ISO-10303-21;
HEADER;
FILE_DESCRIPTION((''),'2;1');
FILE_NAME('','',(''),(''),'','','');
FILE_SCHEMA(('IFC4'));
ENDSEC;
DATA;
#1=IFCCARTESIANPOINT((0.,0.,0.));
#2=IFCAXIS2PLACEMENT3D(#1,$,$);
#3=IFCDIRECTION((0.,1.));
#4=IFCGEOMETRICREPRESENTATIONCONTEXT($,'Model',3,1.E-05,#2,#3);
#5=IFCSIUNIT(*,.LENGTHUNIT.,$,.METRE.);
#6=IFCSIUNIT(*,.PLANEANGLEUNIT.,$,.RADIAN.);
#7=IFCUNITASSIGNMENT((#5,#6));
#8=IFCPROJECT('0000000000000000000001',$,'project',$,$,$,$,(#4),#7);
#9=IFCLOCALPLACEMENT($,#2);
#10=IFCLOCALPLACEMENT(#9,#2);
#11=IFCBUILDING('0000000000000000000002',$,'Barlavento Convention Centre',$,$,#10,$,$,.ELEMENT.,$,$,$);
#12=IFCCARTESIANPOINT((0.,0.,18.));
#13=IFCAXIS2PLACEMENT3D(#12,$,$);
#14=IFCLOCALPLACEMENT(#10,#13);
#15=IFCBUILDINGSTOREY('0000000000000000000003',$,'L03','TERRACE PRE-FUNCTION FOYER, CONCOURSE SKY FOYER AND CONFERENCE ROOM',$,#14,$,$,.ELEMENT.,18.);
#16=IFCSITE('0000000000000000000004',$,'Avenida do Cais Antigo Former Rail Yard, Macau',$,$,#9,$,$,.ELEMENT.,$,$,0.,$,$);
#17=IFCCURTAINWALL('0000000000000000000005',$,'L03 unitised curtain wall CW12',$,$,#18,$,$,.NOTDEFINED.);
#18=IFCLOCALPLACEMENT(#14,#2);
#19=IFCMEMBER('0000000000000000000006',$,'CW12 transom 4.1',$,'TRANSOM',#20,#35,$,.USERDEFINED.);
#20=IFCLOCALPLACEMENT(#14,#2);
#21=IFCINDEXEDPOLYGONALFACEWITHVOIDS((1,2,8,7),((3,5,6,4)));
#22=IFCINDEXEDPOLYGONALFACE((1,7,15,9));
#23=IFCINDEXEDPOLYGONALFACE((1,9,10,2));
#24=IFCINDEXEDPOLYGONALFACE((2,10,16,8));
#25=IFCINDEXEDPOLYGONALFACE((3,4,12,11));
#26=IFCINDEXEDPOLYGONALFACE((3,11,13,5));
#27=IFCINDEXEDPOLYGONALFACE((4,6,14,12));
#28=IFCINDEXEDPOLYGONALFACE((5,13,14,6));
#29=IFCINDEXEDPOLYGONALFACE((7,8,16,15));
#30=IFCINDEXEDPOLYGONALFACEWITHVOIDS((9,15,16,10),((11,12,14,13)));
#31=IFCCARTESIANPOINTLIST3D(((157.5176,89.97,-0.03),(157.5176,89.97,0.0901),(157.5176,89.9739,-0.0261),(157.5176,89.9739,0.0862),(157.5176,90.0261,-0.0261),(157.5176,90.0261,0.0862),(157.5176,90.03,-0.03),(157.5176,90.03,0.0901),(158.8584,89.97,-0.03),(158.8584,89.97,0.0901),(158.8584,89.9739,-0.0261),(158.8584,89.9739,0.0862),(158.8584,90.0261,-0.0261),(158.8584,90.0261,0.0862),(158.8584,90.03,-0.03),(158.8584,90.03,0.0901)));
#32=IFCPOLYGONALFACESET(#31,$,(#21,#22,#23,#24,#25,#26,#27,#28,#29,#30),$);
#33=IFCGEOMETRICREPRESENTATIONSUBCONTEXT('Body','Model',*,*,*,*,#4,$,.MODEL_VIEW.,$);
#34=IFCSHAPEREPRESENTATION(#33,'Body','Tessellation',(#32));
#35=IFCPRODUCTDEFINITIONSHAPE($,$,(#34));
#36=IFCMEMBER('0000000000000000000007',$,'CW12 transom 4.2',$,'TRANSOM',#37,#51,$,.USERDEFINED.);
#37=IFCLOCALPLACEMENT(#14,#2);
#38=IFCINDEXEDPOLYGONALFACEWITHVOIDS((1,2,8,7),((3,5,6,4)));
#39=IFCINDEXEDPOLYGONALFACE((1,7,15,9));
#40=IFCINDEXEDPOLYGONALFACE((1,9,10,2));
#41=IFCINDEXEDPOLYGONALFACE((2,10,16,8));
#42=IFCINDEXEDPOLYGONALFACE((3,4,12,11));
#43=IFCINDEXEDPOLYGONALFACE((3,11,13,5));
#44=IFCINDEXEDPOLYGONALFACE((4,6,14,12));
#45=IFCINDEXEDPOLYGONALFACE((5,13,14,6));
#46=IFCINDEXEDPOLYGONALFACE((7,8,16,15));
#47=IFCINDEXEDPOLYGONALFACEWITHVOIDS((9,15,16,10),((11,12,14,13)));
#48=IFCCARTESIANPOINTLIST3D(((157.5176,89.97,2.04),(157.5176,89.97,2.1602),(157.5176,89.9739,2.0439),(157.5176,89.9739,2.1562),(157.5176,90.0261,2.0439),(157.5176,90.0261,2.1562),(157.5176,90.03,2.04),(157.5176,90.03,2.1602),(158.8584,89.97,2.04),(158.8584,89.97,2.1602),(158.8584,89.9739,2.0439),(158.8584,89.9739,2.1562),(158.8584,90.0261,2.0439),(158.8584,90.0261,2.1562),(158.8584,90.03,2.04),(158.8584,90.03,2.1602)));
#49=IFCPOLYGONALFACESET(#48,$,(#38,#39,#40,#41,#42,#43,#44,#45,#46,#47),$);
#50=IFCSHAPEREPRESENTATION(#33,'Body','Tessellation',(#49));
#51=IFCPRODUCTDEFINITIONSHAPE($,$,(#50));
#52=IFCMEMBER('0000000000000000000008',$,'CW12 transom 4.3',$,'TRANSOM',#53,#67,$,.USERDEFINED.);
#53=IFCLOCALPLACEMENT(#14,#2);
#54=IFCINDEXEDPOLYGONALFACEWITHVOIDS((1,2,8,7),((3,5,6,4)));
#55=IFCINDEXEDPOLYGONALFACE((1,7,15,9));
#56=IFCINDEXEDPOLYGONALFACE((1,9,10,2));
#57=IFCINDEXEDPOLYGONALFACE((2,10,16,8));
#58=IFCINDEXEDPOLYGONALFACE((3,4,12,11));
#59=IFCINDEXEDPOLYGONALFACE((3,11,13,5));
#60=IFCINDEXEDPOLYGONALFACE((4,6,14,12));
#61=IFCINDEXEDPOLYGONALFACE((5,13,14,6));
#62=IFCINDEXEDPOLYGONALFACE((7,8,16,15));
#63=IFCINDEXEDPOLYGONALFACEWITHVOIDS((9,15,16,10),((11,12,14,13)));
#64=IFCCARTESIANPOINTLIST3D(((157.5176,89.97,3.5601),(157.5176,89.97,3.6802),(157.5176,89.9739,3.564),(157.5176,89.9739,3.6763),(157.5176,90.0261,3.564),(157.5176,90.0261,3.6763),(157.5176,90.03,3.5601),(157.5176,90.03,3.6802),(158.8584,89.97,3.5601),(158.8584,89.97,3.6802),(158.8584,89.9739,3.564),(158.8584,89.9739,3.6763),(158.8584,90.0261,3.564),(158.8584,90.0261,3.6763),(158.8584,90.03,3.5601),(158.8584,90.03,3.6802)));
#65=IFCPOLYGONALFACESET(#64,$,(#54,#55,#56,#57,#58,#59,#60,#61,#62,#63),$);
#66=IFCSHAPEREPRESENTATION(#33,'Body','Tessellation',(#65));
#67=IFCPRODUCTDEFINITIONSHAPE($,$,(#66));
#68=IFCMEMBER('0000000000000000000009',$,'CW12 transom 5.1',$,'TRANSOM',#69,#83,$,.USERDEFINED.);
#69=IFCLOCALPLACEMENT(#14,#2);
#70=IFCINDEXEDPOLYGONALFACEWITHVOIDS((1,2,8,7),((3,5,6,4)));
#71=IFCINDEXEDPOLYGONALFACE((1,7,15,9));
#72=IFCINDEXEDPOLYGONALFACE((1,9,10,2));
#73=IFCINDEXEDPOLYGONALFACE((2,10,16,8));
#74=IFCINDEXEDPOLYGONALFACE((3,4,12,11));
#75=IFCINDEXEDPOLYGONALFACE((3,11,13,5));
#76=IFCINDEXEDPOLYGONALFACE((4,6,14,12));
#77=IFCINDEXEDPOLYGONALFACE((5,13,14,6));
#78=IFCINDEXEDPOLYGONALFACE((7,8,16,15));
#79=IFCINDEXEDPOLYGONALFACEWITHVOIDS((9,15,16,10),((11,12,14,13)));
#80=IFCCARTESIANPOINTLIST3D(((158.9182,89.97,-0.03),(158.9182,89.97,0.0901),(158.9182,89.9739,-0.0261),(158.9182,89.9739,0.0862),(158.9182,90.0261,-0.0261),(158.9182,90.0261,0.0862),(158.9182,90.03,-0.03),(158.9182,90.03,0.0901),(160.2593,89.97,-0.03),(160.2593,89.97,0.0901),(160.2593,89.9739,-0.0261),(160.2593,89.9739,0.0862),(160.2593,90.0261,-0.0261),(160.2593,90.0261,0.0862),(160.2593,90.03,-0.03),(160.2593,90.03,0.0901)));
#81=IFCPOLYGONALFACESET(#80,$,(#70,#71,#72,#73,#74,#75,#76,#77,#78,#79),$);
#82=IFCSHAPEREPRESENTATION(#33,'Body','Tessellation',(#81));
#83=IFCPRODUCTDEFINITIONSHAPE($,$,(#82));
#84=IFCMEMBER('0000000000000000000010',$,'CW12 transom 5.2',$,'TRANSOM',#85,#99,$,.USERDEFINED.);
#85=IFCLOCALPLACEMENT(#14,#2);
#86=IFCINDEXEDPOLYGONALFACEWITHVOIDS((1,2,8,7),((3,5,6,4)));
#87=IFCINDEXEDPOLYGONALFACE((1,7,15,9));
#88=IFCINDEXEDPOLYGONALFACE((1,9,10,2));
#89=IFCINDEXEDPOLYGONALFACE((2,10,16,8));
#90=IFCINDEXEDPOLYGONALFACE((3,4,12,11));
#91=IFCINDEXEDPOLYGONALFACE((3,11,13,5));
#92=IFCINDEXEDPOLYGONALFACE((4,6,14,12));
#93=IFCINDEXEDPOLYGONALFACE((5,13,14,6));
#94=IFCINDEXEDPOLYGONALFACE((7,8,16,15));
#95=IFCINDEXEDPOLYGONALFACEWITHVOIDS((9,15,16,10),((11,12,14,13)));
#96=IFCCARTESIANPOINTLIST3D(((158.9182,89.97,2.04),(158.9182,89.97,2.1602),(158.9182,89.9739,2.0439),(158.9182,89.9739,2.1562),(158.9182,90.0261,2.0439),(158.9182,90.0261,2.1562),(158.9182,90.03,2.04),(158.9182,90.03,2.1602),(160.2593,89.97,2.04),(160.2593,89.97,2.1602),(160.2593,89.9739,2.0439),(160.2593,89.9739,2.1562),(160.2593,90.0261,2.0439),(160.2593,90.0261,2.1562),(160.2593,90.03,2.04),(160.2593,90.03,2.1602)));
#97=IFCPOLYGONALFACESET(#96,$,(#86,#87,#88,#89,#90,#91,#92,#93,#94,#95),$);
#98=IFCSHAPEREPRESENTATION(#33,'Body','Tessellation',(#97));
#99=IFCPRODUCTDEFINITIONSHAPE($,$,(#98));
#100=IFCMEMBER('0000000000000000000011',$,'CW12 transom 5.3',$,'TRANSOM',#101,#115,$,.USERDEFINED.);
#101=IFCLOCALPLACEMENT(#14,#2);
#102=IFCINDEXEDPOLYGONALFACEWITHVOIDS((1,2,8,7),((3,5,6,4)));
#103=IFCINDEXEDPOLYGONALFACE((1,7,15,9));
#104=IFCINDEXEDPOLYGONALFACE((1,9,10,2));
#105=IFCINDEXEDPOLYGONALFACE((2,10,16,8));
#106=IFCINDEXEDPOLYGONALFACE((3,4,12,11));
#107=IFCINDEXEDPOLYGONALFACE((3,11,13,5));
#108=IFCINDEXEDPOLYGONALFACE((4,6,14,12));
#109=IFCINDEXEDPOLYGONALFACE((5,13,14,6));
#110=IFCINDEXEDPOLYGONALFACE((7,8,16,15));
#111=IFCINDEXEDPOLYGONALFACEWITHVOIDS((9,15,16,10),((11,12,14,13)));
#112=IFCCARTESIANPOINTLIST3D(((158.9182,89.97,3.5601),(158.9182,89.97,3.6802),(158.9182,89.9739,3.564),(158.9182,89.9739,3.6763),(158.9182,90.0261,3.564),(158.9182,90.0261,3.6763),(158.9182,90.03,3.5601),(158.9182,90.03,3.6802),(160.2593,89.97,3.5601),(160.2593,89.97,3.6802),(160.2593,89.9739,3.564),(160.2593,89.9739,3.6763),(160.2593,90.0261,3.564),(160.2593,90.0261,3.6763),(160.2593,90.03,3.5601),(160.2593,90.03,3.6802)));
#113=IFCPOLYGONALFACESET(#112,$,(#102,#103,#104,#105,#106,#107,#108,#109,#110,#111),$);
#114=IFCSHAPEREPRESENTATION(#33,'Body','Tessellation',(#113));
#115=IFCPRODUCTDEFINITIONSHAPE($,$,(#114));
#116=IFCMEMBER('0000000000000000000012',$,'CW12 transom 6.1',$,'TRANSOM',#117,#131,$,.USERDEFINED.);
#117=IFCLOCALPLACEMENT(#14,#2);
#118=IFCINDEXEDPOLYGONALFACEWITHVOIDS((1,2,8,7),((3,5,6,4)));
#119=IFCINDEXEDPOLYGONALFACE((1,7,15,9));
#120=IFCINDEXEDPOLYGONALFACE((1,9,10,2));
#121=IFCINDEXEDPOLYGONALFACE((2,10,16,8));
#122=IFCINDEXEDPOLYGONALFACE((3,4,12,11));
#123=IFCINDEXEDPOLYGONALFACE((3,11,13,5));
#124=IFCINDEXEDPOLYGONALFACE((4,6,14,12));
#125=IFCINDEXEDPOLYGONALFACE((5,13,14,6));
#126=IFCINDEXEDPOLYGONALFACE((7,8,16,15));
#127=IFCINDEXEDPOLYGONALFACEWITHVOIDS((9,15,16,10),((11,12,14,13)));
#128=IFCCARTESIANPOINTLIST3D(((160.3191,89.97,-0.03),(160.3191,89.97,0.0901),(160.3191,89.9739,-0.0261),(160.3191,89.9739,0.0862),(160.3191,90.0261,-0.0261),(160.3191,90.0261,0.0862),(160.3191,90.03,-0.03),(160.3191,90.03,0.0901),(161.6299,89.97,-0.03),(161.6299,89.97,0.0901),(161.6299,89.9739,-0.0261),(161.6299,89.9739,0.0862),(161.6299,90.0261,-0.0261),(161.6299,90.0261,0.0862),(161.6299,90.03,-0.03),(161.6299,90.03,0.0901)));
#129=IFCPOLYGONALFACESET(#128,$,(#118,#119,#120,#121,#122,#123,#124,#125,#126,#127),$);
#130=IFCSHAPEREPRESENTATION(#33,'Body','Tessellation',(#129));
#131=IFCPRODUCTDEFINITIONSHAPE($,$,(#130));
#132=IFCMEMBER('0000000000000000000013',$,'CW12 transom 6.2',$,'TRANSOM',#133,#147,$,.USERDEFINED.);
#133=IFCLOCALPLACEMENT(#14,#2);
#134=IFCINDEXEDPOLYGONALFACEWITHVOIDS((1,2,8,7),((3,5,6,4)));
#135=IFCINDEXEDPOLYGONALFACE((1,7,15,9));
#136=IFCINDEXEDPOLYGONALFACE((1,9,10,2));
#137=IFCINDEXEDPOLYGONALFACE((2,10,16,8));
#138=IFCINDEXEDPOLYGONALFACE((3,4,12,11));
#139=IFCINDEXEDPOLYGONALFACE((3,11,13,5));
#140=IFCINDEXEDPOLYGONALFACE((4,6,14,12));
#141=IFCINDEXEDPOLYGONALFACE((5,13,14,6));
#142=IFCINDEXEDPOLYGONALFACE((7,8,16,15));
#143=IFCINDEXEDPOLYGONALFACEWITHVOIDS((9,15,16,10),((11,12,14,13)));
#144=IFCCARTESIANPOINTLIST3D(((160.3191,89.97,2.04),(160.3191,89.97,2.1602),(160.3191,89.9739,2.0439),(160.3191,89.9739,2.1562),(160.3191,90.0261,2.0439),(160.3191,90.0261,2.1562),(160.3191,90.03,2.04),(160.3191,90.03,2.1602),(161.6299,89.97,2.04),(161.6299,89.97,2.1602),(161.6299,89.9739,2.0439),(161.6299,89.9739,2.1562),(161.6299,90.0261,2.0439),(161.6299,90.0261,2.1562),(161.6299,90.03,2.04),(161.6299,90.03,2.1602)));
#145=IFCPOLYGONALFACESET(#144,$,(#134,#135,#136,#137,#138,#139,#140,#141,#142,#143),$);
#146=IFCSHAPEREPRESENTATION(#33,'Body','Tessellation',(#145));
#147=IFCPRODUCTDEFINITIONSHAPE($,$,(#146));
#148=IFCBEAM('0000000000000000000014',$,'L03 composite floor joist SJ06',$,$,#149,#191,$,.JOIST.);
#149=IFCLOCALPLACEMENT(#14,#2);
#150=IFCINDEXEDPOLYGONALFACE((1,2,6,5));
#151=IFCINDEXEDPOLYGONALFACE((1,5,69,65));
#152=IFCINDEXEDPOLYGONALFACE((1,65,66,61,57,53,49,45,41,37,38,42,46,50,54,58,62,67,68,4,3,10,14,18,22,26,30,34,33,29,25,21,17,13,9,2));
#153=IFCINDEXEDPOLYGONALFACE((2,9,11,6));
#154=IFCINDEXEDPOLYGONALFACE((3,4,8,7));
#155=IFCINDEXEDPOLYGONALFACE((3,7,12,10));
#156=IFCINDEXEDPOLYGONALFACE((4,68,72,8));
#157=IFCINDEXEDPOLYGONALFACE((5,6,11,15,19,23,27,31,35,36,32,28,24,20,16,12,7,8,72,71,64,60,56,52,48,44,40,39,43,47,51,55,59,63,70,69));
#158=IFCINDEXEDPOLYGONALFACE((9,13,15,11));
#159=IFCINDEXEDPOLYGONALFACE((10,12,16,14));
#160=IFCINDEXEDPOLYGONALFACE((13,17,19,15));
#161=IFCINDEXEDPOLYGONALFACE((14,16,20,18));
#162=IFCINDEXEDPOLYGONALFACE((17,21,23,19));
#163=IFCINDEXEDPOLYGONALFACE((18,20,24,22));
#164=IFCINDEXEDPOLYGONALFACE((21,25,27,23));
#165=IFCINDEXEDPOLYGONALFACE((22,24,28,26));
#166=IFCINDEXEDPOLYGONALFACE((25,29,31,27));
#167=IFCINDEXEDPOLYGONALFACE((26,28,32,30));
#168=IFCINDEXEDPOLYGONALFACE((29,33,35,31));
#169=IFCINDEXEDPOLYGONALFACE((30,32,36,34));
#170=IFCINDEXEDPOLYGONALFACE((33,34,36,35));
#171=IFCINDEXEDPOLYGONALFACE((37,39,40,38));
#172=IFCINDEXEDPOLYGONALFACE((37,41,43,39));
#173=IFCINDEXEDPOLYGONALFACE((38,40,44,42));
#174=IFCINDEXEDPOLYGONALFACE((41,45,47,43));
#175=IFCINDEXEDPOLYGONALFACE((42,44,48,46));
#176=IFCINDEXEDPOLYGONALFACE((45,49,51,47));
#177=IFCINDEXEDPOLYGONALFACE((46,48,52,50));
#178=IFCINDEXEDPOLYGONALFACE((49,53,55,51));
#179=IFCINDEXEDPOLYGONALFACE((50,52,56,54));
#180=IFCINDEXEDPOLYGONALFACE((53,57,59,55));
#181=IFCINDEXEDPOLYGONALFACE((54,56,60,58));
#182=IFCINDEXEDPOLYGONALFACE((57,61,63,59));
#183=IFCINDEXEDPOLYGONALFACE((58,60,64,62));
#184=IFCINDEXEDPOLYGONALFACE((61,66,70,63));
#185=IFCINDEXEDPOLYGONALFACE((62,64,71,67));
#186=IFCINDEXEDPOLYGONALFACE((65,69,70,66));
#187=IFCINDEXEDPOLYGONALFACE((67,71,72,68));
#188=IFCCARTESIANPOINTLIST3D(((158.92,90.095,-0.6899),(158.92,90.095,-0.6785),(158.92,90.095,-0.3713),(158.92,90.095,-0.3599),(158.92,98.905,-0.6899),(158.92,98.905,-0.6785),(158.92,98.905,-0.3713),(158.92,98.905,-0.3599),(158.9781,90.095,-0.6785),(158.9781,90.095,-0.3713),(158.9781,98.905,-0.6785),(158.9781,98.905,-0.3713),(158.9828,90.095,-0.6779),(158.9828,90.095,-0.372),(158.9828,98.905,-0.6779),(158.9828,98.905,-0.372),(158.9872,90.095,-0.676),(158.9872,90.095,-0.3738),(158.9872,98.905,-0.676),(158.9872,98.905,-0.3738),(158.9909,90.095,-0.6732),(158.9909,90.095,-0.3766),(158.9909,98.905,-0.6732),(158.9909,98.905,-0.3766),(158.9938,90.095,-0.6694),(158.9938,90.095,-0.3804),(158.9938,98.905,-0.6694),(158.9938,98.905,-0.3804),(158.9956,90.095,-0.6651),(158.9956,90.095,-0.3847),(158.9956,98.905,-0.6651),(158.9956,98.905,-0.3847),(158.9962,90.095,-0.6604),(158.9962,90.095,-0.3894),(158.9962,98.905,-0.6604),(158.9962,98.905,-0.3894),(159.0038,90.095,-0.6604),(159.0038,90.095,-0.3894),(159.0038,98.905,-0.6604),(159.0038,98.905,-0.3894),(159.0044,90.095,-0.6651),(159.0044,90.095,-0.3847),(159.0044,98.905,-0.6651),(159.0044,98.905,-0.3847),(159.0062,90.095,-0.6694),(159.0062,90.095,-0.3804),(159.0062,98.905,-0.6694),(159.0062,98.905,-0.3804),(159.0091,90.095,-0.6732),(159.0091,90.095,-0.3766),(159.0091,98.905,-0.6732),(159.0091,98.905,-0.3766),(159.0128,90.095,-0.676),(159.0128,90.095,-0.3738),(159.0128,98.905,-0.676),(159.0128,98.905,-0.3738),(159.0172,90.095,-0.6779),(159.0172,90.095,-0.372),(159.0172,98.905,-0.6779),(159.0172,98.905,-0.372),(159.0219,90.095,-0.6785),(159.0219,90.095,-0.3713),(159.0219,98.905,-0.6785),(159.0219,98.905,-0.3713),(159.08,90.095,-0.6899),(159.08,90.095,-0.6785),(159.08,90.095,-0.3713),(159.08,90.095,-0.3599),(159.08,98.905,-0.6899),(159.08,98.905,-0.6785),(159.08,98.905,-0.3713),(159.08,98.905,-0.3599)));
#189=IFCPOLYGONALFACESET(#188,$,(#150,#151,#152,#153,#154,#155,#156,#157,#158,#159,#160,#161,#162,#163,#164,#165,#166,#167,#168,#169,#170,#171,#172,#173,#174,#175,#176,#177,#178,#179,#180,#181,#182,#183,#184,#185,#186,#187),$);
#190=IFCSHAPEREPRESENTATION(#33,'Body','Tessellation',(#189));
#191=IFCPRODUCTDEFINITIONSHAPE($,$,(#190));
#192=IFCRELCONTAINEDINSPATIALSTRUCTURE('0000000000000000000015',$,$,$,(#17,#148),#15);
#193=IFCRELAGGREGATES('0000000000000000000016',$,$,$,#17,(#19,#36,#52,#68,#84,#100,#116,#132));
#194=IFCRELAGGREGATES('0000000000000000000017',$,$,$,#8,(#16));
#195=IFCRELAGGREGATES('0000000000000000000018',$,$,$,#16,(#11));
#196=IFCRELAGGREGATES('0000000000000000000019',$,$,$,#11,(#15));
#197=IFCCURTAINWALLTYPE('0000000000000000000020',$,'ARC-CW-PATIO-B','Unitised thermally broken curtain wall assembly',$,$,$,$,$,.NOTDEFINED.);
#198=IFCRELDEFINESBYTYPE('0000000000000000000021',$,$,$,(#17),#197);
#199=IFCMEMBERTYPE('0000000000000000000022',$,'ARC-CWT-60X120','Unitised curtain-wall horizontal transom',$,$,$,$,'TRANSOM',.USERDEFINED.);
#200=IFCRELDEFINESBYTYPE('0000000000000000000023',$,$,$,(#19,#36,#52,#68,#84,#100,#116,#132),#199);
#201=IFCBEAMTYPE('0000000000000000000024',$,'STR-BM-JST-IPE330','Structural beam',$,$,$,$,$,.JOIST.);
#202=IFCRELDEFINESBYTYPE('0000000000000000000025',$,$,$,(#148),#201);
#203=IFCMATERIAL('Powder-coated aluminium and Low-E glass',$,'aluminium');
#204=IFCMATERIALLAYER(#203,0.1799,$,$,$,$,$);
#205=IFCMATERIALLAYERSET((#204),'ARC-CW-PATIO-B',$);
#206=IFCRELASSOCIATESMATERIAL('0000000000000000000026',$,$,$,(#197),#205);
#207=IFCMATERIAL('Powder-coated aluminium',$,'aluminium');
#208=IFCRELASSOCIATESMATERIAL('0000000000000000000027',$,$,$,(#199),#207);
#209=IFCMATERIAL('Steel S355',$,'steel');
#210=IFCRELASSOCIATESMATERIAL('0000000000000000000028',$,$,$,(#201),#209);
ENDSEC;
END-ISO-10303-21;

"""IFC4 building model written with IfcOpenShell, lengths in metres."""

from ifc_helpers import new_model, si_unit, direction, frame, origin, origin_2d, place, context, subcontext, project, spatial, hollow_rectangle, i_section, extrude, material, layer, layer_set, material_profile, profile_set, type_object, element, aggregate, save


model = new_model("IFC4")

# Units and contexts
model_context = context("Model", 3, precision=1e-05, world=origin(), true_north=direction((0.0, 1.0)))
body_context = subcontext(model_context, "Body", "Model", "MODEL_VIEW")
ifc_project = project(units=[si_unit("LENGTHUNIT", "METRE"), si_unit("PLANEANGLEUNIT", "RADIAN")], contexts=[model_context])

# Site, building, storey
site_placement = place(None, origin())
site = spatial("IfcSite", under=ifc_project, at=site_placement, Name="Avenida do Cais Antigo Former Rail Yard, Macau", CompositionType="ELEMENT", RefElevation=0.0)
building_placement = place(site_placement, origin())
building = spatial("IfcBuilding", under=site, at=building_placement, Name="Barlavento Convention Centre", CompositionType="ELEMENT")
storey_placement = place(building_placement, frame((0.0, 0.0, 18.0)))
storey = spatial("IfcBuildingStorey", under=building, at=storey_placement, Name="L03", Description="TERRACE PRE-FUNCTION FOYER, CONCOURSE SKY FOYER AND CONFERENCE ROOM", CompositionType="ELEMENT", Elevation=18.0)

# Curtain wall, members
ifc_material_1 = material(Name="Powder-coated aluminium and Low-E glass", Category="aluminium")
ifc_layer_1 = layer(ifc_material_1, 0.1799)
ifc_layer_set_1 = layer_set([ifc_layer_1], Name="ARC-CW-PATIO-B")
curtain_wall_type = type_object("IfcCurtainWallType", Name="ARC-CW-PATIO-B", Description="Unitised thermally broken curtain wall assembly", PredefinedType="NOTDEFINED", material=ifc_layer_set_1)
curtain_wall_placement = place(storey_placement, origin())
curtain_wall = element("IfcCurtainWall", 1, at=curtain_wall_placement, inside=storey, type_object=curtain_wall_type, Name="L03 unitised curtain wall CW12", PredefinedType="NOTDEFINED")
ifc_material_2 = material(Name="Powder-coated aluminium", Category="aluminium")
ifc_material_profile_1 = material_profile(ifc_material_2, hollow_rectangle(XDim=0.0601, YDim=0.1201, WallThickness=0.0039, at=origin_2d()), Name="AL-TRAN 60x120x4")
ifc_profile_set_1 = profile_set([ifc_material_profile_1], Name="Powder-coated aluminium")
member_type_1 = type_object("IfcMemberType", Name="ARC-CWT-60X120", Description="Unitised curtain-wall horizontal transom", ElementType="TRANSOM", PredefinedType="USERDEFINED", material=ifc_profile_set_1)
member_1_placement = place(storey_placement, frame((157.5176, 90.0, 0.03), z_axis=(1.0, 0.0, 0.0), x_axis=(0.0, 1.0, 0.0)))
member_1 = element("IfcMember", 2, at=member_1_placement, type_object=member_type_1, Name="CW12 transom 4.1", ObjectType="TRANSOM", PredefinedType="USERDEFINED", context=body_context, shape_type="SweptSolid", body=[
    extrude(hollow_rectangle(XDim=0.0601, YDim=0.1201, WallThickness=0.0039, at=origin_2d()), origin(), (0.0, 0.0, 1.0), 1.3408),
])
member_2_placement = place(storey_placement, frame((157.5176, 90.0, 2.1001), z_axis=(1.0, 0.0, 0.0), x_axis=(0.0, 1.0, 0.0)))
member_2 = element("IfcMember", 3, at=member_2_placement, type_object=member_type_1, Name="CW12 transom 4.2", ObjectType="TRANSOM", PredefinedType="USERDEFINED", context=body_context, shape_type="SweptSolid", body=[
    extrude(hollow_rectangle(XDim=0.0601, YDim=0.1201, WallThickness=0.0039, at=origin_2d()), origin(), (0.0, 0.0, 1.0), 1.3408),
])
member_3_placement = place(storey_placement, frame((157.5176, 90.0, 3.6201), z_axis=(1.0, 0.0, 0.0), x_axis=(0.0, 1.0, 0.0)))
member_3 = element("IfcMember", 4, at=member_3_placement, type_object=member_type_1, Name="CW12 transom 4.3", ObjectType="TRANSOM", PredefinedType="USERDEFINED", context=body_context, shape_type="SweptSolid", body=[
    extrude(hollow_rectangle(XDim=0.0601, YDim=0.1201, WallThickness=0.0039, at=origin_2d()), origin(), (0.0, 0.0, 1.0), 1.3408),
])
member_4_placement = place(storey_placement, frame((158.9182, 90.0, 0.03), z_axis=(1.0, 0.0, 0.0), x_axis=(0.0, 1.0, 0.0)))
member_4 = element("IfcMember", 5, at=member_4_placement, type_object=member_type_1, Name="CW12 transom 5.1", ObjectType="TRANSOM", PredefinedType="USERDEFINED", context=body_context, shape_type="SweptSolid", body=[
    extrude(hollow_rectangle(XDim=0.0601, YDim=0.1201, WallThickness=0.0039, at=origin_2d()), origin(), (0.0, 0.0, 1.0), 1.3411),
])
member_5_placement = place(storey_placement, frame((158.9182, 90.0, 2.1001), z_axis=(1.0, 0.0, 0.0), x_axis=(0.0, 1.0, 0.0)))
member_5 = element("IfcMember", 6, at=member_5_placement, type_object=member_type_1, Name="CW12 transom 5.2", ObjectType="TRANSOM", PredefinedType="USERDEFINED", context=body_context, shape_type="SweptSolid", body=[
    extrude(hollow_rectangle(XDim=0.0601, YDim=0.1201, WallThickness=0.0039, at=origin_2d()), origin(), (0.0, 0.0, 1.0), 1.3411),
])
member_6_placement = place(storey_placement, frame((158.9182, 90.0, 3.6201), z_axis=(1.0, 0.0, 0.0), x_axis=(0.0, 1.0, 0.0)))
member_6 = element("IfcMember", 7, at=member_6_placement, type_object=member_type_1, Name="CW12 transom 5.3", ObjectType="TRANSOM", PredefinedType="USERDEFINED", context=body_context, shape_type="SweptSolid", body=[
    extrude(hollow_rectangle(XDim=0.0601, YDim=0.1201, WallThickness=0.0039, at=origin_2d()), origin(), (0.0, 0.0, 1.0), 1.3411),
])
member_7_placement = place(storey_placement, frame((160.3191, 90.0, 0.03), z_axis=(1.0, 0.0, 0.0), x_axis=(0.0, 1.0, 0.0)))
member_7 = element("IfcMember", 8, at=member_7_placement, type_object=member_type_1, Name="CW12 transom 6.1", ObjectType="TRANSOM", PredefinedType="USERDEFINED", context=body_context, shape_type="SweptSolid", body=[
    extrude(hollow_rectangle(XDim=0.0601, YDim=0.1201, WallThickness=0.0039, at=origin_2d()), origin(), (0.0, 0.0, 1.0), 1.3108),
])
member_8_placement = place(storey_placement, frame((160.3191, 90.0, 2.1001), z_axis=(1.0, 0.0, 0.0), x_axis=(0.0, 1.0, 0.0)))
member_8 = element("IfcMember", 9, at=member_8_placement, type_object=member_type_1, Name="CW12 transom 6.2", ObjectType="TRANSOM", PredefinedType="USERDEFINED", context=body_context, shape_type="SweptSolid", body=[
    extrude(hollow_rectangle(XDim=0.0601, YDim=0.1201, WallThickness=0.0039, at=origin_2d()), origin(), (0.0, 0.0, 1.0), 1.3108),
])

# Beam
ifc_material_3 = material(Name="Steel S355", Category="steel")
ifc_material_profile_2 = material_profile(ifc_material_3, i_section(OverallWidth=0.1599, OverallDepth=0.3301, WebThickness=0.0076, FlangeThickness=0.0115, FilletRadius=0.0181, at=origin_2d()), Name="IPE 330")
ifc_profile_set_2 = profile_set([ifc_material_profile_2], Name="Steel S355")
beam_type_1 = type_object("IfcBeamType", Name="STR-BM-JST-IPE330", Description="Structural beam", PredefinedType="JOIST", material=ifc_profile_set_2)
beam_1_placement = place(storey_placement, frame((159.0, 90.095, -0.5249), z_axis=(0.0, 1.0, 0.0), x_axis=(-1.0, 0.0, 0.0)))
element("IfcBeam", 10, at=beam_1_placement, inside=storey, type_object=beam_type_1, Name="L03 composite floor joist SJ06", PredefinedType="JOIST", context=body_context, shape_type="SweptSolid", body=[
    extrude(i_section(OverallWidth=0.1599, OverallDepth=0.3301, WebThickness=0.0076, FlangeThickness=0.0115, FilletRadius=0.0181, at=origin_2d()), origin(), (0.0, 0.0, 1.0), 8.8101),
])

aggregate(curtain_wall, [member_1, member_2, member_3, member_4, member_5, member_6, member_7, member_8])

save(model, "model.ifc")
